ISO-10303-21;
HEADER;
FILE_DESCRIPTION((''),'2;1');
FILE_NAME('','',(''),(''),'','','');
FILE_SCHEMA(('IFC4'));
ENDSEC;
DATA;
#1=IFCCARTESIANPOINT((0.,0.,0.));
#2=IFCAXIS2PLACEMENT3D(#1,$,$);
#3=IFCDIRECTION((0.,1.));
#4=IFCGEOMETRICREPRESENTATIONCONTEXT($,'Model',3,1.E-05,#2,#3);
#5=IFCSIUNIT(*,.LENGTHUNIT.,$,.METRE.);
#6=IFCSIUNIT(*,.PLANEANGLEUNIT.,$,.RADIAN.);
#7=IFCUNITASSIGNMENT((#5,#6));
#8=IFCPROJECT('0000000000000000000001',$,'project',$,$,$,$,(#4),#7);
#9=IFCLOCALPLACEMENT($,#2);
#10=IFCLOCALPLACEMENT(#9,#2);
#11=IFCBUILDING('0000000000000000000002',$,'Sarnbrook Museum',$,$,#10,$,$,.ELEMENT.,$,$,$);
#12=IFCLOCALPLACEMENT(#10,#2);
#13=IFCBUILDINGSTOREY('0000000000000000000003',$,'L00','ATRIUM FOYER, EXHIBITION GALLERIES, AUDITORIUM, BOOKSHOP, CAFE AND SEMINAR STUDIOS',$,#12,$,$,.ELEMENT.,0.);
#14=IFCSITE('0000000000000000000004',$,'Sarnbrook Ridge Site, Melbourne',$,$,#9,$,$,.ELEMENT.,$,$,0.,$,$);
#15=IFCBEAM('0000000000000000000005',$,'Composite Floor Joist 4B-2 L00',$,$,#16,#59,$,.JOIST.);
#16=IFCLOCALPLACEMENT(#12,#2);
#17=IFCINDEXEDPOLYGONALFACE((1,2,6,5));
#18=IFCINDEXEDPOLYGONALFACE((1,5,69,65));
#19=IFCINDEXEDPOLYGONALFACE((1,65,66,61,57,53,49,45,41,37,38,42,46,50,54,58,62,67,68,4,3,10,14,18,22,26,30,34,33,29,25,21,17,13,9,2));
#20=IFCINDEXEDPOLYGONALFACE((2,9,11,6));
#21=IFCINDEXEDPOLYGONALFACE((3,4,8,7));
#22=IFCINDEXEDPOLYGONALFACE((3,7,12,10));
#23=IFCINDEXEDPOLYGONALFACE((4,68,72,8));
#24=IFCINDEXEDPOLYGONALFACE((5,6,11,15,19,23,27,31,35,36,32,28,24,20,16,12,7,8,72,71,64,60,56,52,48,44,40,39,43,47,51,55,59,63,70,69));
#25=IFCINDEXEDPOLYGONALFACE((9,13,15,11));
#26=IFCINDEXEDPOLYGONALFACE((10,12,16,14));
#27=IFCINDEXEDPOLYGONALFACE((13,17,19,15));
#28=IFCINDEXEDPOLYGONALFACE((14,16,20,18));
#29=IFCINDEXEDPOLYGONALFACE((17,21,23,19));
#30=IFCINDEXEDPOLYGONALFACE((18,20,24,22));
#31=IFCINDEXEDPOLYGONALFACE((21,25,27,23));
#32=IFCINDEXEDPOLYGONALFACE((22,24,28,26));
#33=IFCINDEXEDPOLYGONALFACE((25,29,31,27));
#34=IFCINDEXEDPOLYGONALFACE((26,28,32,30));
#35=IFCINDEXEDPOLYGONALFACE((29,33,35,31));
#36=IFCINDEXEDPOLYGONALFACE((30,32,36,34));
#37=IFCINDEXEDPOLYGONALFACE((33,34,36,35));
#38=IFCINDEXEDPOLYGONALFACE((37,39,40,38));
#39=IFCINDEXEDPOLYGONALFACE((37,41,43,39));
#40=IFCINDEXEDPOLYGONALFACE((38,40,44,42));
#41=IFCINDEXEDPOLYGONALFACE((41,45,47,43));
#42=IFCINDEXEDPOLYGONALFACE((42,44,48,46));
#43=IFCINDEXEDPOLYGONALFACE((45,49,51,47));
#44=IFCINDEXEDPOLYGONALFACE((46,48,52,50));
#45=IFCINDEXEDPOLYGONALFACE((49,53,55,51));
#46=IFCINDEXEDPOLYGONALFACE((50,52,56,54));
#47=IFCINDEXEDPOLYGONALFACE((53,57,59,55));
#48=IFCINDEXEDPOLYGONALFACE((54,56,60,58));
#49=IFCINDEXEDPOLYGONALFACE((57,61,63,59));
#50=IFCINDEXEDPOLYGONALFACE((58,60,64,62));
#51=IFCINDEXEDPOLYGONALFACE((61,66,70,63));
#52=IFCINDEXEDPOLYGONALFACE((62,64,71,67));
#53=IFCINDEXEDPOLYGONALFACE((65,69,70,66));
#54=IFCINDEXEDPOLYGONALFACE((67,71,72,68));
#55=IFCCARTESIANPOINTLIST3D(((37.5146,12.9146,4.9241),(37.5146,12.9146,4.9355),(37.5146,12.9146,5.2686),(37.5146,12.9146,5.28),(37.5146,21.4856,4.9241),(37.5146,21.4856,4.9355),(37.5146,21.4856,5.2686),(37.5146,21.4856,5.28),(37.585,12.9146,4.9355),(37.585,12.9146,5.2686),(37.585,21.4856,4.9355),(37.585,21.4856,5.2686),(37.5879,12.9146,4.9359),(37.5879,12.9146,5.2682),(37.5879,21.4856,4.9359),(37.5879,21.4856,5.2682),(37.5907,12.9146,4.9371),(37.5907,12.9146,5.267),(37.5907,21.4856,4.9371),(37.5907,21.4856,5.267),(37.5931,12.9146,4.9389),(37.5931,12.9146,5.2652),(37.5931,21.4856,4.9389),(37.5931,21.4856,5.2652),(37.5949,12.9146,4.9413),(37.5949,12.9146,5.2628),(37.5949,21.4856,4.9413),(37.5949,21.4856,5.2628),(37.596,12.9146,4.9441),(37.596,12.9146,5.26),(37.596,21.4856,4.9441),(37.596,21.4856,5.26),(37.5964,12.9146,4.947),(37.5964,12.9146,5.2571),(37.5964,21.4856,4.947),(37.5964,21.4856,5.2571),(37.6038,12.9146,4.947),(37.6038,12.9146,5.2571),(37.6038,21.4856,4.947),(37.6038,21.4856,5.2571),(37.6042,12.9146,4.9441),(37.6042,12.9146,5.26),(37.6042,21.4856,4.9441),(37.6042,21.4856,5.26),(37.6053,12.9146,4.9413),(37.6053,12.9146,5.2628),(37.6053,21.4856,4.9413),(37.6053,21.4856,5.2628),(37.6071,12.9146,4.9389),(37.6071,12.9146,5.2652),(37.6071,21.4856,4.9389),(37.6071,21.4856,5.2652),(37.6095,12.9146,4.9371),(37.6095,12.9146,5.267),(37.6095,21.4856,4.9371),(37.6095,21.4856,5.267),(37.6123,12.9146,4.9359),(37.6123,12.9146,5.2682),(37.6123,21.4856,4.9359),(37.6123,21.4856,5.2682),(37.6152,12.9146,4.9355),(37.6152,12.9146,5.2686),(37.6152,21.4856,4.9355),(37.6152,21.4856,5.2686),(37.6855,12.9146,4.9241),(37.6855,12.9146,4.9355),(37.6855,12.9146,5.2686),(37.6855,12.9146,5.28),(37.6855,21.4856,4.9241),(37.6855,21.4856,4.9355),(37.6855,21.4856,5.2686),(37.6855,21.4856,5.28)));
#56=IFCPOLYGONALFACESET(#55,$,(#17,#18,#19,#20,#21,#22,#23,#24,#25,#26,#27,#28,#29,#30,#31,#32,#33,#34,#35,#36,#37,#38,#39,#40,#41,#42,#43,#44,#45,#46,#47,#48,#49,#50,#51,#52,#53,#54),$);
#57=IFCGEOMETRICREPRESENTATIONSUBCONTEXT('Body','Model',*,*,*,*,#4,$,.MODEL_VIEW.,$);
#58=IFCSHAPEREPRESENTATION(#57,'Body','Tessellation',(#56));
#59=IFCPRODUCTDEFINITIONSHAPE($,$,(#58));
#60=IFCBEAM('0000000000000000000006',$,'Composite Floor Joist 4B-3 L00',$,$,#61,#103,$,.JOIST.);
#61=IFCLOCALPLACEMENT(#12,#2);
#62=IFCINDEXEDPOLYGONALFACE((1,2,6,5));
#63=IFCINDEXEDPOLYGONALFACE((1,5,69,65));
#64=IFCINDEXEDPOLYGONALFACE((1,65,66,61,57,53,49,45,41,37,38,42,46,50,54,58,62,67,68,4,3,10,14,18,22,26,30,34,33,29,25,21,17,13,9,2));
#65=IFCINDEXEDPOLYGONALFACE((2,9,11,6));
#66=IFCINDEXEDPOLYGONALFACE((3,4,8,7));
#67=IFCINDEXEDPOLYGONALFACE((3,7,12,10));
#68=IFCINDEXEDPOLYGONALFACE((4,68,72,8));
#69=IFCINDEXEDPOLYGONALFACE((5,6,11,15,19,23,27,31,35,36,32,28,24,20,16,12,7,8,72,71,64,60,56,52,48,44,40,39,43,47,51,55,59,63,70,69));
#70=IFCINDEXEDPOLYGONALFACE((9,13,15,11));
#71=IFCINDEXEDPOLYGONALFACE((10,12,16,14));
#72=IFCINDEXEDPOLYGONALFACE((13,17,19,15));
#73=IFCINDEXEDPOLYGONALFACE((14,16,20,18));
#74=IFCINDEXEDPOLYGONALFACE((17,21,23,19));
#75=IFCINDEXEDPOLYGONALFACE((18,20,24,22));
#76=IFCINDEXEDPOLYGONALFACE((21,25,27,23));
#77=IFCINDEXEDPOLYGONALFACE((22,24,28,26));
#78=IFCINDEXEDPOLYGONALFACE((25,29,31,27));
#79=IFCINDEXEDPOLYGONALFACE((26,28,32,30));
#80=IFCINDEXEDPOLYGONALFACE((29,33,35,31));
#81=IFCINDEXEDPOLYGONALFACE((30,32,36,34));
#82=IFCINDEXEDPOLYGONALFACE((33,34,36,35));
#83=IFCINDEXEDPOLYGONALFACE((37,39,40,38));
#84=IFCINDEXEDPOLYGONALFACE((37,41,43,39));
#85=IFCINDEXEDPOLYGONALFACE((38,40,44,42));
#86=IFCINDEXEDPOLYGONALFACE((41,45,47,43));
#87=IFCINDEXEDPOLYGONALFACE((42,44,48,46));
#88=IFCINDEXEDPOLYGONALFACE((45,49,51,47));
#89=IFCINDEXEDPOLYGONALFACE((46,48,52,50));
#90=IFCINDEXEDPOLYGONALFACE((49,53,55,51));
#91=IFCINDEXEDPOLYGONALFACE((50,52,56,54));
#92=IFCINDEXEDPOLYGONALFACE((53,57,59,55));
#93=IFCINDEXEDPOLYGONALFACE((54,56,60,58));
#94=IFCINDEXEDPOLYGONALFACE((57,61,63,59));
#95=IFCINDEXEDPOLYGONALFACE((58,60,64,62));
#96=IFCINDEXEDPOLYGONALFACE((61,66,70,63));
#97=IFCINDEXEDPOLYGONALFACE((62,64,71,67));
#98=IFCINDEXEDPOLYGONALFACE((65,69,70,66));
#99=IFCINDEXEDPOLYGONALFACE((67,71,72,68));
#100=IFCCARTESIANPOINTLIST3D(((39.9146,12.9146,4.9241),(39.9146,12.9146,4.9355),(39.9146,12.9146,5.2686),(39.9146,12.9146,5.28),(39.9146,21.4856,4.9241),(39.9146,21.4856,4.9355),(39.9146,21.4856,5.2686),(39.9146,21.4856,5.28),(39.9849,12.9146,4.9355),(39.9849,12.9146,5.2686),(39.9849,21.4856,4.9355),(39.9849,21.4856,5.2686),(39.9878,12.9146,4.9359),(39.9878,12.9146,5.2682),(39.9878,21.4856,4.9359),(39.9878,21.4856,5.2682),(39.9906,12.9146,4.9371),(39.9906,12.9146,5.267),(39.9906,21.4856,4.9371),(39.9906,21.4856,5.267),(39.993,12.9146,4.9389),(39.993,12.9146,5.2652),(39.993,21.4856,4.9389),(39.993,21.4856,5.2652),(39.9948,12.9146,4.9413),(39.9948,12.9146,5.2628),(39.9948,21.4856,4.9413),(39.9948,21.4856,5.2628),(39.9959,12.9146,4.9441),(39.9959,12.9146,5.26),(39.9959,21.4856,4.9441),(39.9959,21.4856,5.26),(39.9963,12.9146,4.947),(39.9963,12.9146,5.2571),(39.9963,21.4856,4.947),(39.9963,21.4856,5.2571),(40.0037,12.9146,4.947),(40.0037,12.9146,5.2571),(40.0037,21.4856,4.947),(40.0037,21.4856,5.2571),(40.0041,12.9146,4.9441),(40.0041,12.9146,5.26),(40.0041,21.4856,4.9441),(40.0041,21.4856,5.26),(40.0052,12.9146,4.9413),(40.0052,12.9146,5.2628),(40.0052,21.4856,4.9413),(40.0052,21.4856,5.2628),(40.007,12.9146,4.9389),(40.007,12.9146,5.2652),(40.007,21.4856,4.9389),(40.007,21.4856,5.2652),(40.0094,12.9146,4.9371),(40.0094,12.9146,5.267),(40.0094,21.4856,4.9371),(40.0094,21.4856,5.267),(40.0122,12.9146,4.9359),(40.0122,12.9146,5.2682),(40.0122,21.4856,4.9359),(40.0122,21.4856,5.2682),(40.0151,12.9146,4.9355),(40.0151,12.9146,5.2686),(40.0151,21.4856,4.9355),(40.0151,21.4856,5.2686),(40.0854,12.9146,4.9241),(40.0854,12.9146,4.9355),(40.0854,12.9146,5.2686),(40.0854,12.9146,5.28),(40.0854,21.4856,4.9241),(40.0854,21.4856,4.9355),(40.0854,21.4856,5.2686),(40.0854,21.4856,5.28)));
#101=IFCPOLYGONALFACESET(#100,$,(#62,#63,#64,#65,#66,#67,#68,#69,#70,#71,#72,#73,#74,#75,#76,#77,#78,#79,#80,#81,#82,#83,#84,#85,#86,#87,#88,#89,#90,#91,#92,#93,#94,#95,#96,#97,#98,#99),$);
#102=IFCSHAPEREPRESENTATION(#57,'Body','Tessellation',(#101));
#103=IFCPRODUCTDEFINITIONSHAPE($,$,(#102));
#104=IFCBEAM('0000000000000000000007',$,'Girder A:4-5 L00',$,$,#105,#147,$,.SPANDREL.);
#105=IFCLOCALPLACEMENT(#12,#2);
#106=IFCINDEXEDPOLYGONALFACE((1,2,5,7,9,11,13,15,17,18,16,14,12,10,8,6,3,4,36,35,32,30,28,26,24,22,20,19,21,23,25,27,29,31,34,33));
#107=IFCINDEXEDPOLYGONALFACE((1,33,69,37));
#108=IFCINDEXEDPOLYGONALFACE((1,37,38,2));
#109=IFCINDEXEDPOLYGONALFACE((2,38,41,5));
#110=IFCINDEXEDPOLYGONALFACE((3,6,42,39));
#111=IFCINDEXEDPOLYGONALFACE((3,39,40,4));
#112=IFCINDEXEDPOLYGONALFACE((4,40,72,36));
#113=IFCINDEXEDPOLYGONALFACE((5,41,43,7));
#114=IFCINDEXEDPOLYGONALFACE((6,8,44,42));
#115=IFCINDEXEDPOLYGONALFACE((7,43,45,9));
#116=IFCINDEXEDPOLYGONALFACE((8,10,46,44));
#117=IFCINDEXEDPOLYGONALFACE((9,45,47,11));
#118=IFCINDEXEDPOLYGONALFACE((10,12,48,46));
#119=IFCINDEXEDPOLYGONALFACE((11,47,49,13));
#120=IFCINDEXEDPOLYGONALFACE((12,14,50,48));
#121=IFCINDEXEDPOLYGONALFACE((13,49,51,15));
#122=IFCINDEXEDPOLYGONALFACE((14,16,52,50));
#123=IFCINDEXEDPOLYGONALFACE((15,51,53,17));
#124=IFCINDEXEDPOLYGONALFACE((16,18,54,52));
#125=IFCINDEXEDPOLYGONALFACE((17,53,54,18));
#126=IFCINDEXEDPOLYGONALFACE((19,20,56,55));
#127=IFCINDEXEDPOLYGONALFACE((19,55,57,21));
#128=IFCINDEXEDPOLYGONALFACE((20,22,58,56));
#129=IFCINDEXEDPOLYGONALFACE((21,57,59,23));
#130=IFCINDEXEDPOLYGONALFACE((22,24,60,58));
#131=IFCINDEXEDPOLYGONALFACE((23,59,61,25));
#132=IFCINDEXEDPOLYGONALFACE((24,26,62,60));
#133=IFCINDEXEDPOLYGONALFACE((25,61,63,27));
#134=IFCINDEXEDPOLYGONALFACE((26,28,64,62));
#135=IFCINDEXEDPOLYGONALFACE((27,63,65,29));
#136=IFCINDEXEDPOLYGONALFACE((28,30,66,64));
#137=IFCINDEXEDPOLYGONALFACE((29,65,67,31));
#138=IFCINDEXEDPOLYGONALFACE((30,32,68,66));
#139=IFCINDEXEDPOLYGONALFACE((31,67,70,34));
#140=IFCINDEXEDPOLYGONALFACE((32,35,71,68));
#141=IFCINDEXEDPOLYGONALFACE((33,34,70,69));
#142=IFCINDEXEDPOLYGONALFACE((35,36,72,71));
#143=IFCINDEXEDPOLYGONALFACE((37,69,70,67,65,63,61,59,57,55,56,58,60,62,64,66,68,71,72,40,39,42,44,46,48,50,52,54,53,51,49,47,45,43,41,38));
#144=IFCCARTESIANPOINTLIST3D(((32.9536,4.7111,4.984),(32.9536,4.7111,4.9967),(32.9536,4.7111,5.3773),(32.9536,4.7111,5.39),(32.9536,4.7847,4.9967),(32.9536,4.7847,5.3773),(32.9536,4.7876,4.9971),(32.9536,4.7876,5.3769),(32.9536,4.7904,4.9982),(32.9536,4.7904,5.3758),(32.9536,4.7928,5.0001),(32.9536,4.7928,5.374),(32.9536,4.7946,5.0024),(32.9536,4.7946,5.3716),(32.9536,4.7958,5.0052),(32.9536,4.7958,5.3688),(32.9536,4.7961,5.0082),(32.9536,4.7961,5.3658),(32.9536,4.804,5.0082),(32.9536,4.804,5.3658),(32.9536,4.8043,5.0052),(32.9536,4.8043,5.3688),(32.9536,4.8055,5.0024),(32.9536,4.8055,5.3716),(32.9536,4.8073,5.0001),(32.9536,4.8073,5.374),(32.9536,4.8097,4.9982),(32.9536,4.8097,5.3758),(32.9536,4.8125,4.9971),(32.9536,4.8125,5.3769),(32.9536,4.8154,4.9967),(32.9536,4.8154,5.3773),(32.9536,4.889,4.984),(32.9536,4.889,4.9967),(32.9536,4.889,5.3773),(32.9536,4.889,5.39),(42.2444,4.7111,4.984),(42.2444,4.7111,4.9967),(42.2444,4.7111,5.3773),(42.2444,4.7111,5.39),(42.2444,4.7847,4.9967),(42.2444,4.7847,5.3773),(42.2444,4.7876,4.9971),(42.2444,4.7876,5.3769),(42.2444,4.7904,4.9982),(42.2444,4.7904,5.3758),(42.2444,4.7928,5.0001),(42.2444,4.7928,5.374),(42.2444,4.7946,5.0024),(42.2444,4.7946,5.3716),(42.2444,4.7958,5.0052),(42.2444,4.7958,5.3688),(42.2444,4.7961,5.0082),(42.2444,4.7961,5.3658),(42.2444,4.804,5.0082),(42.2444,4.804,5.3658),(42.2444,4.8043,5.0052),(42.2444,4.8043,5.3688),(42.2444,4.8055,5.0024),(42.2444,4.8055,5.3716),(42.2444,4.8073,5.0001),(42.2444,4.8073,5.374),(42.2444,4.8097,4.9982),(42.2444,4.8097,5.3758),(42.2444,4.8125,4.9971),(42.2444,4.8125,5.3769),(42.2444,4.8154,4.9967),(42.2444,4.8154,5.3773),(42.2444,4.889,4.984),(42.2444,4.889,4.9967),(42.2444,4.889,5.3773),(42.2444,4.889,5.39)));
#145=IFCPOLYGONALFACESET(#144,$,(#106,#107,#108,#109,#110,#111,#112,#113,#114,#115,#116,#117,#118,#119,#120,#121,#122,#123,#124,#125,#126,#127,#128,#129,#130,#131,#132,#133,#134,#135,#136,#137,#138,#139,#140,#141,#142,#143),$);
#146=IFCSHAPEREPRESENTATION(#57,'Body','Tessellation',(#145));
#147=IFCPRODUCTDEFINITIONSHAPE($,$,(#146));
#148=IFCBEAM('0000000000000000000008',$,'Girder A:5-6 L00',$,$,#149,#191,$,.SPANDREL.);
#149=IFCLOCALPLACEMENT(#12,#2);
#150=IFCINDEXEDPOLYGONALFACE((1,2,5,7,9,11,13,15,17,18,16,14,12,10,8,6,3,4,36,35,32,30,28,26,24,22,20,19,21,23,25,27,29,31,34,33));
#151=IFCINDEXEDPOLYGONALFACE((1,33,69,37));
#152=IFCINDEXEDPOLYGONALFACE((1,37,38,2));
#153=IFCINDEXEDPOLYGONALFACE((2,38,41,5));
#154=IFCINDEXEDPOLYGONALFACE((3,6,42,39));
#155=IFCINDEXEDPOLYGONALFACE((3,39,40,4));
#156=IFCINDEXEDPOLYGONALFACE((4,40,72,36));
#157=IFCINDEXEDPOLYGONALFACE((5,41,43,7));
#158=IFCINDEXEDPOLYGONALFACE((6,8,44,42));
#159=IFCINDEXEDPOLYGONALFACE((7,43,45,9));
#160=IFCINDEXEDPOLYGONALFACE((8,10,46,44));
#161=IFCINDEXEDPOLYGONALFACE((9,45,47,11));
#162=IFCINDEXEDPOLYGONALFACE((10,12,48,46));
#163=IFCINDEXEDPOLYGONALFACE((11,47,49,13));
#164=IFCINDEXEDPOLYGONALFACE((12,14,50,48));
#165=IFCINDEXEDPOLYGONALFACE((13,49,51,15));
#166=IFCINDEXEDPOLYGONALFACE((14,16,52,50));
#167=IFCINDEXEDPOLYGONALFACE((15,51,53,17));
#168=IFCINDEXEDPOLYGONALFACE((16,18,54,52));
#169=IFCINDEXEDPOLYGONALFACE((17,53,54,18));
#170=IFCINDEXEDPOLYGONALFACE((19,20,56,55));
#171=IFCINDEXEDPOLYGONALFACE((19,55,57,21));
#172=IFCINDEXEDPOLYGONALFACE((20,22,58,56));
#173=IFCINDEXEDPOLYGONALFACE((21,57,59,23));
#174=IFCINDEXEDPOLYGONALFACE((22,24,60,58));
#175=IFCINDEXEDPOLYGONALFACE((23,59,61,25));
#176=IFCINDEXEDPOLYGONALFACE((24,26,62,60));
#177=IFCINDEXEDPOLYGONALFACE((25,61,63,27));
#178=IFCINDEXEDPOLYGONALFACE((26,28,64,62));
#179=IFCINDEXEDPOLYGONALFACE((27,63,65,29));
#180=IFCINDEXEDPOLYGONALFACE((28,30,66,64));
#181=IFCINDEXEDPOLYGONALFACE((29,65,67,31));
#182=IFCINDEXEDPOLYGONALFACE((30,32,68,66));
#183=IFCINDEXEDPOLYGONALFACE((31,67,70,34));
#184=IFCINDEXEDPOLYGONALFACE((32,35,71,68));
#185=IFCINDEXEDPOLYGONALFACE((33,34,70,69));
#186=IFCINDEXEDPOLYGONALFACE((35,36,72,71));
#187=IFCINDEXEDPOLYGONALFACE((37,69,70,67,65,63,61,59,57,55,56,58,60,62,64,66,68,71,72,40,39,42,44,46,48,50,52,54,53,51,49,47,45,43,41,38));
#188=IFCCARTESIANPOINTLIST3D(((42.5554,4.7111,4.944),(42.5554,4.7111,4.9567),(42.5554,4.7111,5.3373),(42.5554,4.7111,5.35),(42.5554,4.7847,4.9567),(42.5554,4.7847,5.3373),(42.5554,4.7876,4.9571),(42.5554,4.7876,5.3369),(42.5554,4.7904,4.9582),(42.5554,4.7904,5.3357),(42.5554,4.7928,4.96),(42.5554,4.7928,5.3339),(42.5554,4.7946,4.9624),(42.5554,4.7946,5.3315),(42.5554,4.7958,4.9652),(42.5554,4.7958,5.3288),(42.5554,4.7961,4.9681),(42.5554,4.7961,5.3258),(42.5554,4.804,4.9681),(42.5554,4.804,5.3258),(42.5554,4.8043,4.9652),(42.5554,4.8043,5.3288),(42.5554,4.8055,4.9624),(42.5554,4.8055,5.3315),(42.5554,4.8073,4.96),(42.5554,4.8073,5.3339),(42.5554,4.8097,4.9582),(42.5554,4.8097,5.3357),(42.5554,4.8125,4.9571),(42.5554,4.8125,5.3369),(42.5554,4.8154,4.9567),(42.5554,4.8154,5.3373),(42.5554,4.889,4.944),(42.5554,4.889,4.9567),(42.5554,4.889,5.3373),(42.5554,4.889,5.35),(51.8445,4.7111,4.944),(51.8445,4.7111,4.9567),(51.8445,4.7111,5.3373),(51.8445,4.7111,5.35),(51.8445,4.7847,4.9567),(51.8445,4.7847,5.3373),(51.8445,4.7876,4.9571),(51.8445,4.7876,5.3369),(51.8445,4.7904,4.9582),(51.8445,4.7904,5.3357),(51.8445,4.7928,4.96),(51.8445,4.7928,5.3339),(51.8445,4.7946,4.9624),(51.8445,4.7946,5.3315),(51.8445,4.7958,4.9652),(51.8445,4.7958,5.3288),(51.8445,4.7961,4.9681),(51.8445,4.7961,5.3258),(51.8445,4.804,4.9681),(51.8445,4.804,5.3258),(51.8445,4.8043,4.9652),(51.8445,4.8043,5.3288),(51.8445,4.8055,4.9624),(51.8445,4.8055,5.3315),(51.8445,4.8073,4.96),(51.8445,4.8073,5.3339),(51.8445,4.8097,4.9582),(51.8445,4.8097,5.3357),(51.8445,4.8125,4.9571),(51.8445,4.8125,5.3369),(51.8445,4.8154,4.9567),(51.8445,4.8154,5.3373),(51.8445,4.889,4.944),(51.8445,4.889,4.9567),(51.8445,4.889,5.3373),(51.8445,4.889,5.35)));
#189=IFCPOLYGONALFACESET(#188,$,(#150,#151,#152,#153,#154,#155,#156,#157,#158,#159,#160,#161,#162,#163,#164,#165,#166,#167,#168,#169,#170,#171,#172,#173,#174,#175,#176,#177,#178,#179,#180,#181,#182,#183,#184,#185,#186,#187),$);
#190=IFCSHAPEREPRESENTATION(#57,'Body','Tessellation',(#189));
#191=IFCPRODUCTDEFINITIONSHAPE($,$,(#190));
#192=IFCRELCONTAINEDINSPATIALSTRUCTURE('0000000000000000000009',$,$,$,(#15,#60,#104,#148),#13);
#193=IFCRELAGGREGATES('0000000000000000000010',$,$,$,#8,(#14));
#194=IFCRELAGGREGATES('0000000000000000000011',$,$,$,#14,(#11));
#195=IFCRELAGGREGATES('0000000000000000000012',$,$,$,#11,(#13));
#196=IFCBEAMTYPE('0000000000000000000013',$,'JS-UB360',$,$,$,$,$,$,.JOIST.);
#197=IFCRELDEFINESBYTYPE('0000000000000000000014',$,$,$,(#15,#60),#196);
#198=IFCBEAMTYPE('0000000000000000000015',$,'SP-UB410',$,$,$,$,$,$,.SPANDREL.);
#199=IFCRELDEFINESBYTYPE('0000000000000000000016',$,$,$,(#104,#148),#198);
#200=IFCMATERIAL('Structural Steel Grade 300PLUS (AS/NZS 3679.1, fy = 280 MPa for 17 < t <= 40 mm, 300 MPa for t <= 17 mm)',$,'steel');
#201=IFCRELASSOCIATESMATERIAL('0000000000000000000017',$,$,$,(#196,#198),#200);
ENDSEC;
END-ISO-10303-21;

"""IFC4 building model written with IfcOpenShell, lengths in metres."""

from ifc_helpers import new_model, si_unit, direction, frame, origin, origin_2d, place, context, subcontext, project, spatial, i_section, extrude, material, material_profile, profile_set, type_object, element, save


model = new_model("IFC4")

# Units and contexts
model_context = context("Model", 3, precision=1e-05, world=origin(), true_north=direction((0.0, 1.0)))
body_context = subcontext(model_context, "Body", "Model", "MODEL_VIEW")
ifc_project = project(units=[si_unit("LENGTHUNIT", "METRE"), si_unit("PLANEANGLEUNIT", "RADIAN")], contexts=[model_context])

# Site, building, storey
site_placement = place(None, origin())
site = spatial("IfcSite", under=ifc_project, at=site_placement, Name="Sarnbrook Ridge Site, Melbourne", CompositionType="ELEMENT", RefElevation=0.0)
building_placement = place(site_placement, origin())
building = spatial("IfcBuilding", under=site, at=building_placement, Name="Sarnbrook Museum", CompositionType="ELEMENT")
storey_placement = place(building_placement, origin())
storey = spatial("IfcBuildingStorey", under=building, at=storey_placement, Name="L00", Description="ATRIUM FOYER, EXHIBITION GALLERIES, AUDITORIUM, BOOKSHOP, CAFE AND SEMINAR STUDIOS", CompositionType="ELEMENT", Elevation=0.0)

# Shared definitions
ifc_material_1 = material(Name="Structural Steel Grade 300PLUS (AS/NZS 3679.1, fy = 280 MPa for 17 < t <= 40 mm, 300 MPa for t <= 17 mm)", Category="steel")

# Beams
ifc_material_profile_1 = material_profile(ifc_material_1, i_section(OverallWidth=0.1709, OverallDepth=0.356, WebThickness=0.0073, FlangeThickness=0.0115, FilletRadius=0.0115, at=origin_2d()), Name="360UB50.7")
ifc_profile_set_1 = profile_set([ifc_material_profile_1], Name="Structural Steel Grade 300PLUS (AS/NZS 3679.1, fy = 280 MPa for 17 < t <= 40 mm, 300 MPa for t <= 17 mm)")
beam_type_1 = type_object("IfcBeamType", Name="JS-UB360", PredefinedType="JOIST", material=ifc_profile_set_1)
for number, where, z_axis, x_axis, name in (
    (1, (37.6001, 12.9146, 5.1021), (0.0, 1.0, 0.0), (-1.0, 0.0, 0.0), "Composite Floor Joist 4B-2 L00"),
    (2, (40.0, 12.9146, 5.1021), (0.0, 1.0, 0.0), (-1.0, 0.0, 0.0), "Composite Floor Joist 4B-3 L00"),
):
    element("IfcBeam", number, at=place(storey_placement, frame(where, z_axis=z_axis, x_axis=x_axis)), inside=storey, type_object=beam_type_1, Name=name, PredefinedType="JOIST", context=body_context, shape_type="SweptSolid", body=[
        extrude(i_section(OverallWidth=0.1709, OverallDepth=0.356, WebThickness=0.0073, FlangeThickness=0.0115, FilletRadius=0.0115, at=origin_2d()), origin(), (0.0, 0.0, 1.0), 8.571),
    ])
ifc_material_profile_2 = material_profile(ifc_material_1, i_section(OverallWidth=0.178, OverallDepth=0.406, WebThickness=0.0078, FlangeThickness=0.0127, FilletRadius=0.0115, at=origin_2d()), Name="410UB59.7")
ifc_profile_set_2 = profile_set([ifc_material_profile_2], Name="Structural Steel Grade 300PLUS (AS/NZS 3679.1, fy = 280 MPa for 17 < t <= 40 mm, 300 MPa for t <= 17 mm)")
beam_type_2 = type_object("IfcBeamType", Name="SP-UB410", PredefinedType="SPANDREL", material=ifc_profile_set_2)
beam_1_placement = place(storey_placement, frame((32.9536, 4.8, 5.187), z_axis=(1.0, 0.0, 0.0), x_axis=(0.0, 1.0, 0.0)))
element("IfcBeam", 3, at=beam_1_placement, inside=storey, type_object=beam_type_2, Name="Girder A:4-5 L00", PredefinedType="SPANDREL", context=body_context, shape_type="SweptSolid", body=[
    extrude(i_section(OverallWidth=0.178, OverallDepth=0.406, WebThickness=0.0078, FlangeThickness=0.0127, FilletRadius=0.0115, at=origin_2d()), origin(), (0.0, 0.0, 1.0), 9.2908),
])
beam_2_placement = place(storey_placement, frame((42.5554, 4.8, 5.147), z_axis=(1.0, 0.0, 0.0), x_axis=(0.0, 1.0, 0.0)))
element("IfcBeam", 4, at=beam_2_placement, inside=storey, type_object=beam_type_2, Name="Girder A:5-6 L00", PredefinedType="SPANDREL", context=body_context, shape_type="SweptSolid", body=[
    extrude(i_section(OverallWidth=0.178, OverallDepth=0.406, WebThickness=0.0078, FlangeThickness=0.0127, FilletRadius=0.0115, at=origin_2d()), origin(), (0.0, 0.0, 1.0), 9.2891),
])

save(model, "model.ifc")
